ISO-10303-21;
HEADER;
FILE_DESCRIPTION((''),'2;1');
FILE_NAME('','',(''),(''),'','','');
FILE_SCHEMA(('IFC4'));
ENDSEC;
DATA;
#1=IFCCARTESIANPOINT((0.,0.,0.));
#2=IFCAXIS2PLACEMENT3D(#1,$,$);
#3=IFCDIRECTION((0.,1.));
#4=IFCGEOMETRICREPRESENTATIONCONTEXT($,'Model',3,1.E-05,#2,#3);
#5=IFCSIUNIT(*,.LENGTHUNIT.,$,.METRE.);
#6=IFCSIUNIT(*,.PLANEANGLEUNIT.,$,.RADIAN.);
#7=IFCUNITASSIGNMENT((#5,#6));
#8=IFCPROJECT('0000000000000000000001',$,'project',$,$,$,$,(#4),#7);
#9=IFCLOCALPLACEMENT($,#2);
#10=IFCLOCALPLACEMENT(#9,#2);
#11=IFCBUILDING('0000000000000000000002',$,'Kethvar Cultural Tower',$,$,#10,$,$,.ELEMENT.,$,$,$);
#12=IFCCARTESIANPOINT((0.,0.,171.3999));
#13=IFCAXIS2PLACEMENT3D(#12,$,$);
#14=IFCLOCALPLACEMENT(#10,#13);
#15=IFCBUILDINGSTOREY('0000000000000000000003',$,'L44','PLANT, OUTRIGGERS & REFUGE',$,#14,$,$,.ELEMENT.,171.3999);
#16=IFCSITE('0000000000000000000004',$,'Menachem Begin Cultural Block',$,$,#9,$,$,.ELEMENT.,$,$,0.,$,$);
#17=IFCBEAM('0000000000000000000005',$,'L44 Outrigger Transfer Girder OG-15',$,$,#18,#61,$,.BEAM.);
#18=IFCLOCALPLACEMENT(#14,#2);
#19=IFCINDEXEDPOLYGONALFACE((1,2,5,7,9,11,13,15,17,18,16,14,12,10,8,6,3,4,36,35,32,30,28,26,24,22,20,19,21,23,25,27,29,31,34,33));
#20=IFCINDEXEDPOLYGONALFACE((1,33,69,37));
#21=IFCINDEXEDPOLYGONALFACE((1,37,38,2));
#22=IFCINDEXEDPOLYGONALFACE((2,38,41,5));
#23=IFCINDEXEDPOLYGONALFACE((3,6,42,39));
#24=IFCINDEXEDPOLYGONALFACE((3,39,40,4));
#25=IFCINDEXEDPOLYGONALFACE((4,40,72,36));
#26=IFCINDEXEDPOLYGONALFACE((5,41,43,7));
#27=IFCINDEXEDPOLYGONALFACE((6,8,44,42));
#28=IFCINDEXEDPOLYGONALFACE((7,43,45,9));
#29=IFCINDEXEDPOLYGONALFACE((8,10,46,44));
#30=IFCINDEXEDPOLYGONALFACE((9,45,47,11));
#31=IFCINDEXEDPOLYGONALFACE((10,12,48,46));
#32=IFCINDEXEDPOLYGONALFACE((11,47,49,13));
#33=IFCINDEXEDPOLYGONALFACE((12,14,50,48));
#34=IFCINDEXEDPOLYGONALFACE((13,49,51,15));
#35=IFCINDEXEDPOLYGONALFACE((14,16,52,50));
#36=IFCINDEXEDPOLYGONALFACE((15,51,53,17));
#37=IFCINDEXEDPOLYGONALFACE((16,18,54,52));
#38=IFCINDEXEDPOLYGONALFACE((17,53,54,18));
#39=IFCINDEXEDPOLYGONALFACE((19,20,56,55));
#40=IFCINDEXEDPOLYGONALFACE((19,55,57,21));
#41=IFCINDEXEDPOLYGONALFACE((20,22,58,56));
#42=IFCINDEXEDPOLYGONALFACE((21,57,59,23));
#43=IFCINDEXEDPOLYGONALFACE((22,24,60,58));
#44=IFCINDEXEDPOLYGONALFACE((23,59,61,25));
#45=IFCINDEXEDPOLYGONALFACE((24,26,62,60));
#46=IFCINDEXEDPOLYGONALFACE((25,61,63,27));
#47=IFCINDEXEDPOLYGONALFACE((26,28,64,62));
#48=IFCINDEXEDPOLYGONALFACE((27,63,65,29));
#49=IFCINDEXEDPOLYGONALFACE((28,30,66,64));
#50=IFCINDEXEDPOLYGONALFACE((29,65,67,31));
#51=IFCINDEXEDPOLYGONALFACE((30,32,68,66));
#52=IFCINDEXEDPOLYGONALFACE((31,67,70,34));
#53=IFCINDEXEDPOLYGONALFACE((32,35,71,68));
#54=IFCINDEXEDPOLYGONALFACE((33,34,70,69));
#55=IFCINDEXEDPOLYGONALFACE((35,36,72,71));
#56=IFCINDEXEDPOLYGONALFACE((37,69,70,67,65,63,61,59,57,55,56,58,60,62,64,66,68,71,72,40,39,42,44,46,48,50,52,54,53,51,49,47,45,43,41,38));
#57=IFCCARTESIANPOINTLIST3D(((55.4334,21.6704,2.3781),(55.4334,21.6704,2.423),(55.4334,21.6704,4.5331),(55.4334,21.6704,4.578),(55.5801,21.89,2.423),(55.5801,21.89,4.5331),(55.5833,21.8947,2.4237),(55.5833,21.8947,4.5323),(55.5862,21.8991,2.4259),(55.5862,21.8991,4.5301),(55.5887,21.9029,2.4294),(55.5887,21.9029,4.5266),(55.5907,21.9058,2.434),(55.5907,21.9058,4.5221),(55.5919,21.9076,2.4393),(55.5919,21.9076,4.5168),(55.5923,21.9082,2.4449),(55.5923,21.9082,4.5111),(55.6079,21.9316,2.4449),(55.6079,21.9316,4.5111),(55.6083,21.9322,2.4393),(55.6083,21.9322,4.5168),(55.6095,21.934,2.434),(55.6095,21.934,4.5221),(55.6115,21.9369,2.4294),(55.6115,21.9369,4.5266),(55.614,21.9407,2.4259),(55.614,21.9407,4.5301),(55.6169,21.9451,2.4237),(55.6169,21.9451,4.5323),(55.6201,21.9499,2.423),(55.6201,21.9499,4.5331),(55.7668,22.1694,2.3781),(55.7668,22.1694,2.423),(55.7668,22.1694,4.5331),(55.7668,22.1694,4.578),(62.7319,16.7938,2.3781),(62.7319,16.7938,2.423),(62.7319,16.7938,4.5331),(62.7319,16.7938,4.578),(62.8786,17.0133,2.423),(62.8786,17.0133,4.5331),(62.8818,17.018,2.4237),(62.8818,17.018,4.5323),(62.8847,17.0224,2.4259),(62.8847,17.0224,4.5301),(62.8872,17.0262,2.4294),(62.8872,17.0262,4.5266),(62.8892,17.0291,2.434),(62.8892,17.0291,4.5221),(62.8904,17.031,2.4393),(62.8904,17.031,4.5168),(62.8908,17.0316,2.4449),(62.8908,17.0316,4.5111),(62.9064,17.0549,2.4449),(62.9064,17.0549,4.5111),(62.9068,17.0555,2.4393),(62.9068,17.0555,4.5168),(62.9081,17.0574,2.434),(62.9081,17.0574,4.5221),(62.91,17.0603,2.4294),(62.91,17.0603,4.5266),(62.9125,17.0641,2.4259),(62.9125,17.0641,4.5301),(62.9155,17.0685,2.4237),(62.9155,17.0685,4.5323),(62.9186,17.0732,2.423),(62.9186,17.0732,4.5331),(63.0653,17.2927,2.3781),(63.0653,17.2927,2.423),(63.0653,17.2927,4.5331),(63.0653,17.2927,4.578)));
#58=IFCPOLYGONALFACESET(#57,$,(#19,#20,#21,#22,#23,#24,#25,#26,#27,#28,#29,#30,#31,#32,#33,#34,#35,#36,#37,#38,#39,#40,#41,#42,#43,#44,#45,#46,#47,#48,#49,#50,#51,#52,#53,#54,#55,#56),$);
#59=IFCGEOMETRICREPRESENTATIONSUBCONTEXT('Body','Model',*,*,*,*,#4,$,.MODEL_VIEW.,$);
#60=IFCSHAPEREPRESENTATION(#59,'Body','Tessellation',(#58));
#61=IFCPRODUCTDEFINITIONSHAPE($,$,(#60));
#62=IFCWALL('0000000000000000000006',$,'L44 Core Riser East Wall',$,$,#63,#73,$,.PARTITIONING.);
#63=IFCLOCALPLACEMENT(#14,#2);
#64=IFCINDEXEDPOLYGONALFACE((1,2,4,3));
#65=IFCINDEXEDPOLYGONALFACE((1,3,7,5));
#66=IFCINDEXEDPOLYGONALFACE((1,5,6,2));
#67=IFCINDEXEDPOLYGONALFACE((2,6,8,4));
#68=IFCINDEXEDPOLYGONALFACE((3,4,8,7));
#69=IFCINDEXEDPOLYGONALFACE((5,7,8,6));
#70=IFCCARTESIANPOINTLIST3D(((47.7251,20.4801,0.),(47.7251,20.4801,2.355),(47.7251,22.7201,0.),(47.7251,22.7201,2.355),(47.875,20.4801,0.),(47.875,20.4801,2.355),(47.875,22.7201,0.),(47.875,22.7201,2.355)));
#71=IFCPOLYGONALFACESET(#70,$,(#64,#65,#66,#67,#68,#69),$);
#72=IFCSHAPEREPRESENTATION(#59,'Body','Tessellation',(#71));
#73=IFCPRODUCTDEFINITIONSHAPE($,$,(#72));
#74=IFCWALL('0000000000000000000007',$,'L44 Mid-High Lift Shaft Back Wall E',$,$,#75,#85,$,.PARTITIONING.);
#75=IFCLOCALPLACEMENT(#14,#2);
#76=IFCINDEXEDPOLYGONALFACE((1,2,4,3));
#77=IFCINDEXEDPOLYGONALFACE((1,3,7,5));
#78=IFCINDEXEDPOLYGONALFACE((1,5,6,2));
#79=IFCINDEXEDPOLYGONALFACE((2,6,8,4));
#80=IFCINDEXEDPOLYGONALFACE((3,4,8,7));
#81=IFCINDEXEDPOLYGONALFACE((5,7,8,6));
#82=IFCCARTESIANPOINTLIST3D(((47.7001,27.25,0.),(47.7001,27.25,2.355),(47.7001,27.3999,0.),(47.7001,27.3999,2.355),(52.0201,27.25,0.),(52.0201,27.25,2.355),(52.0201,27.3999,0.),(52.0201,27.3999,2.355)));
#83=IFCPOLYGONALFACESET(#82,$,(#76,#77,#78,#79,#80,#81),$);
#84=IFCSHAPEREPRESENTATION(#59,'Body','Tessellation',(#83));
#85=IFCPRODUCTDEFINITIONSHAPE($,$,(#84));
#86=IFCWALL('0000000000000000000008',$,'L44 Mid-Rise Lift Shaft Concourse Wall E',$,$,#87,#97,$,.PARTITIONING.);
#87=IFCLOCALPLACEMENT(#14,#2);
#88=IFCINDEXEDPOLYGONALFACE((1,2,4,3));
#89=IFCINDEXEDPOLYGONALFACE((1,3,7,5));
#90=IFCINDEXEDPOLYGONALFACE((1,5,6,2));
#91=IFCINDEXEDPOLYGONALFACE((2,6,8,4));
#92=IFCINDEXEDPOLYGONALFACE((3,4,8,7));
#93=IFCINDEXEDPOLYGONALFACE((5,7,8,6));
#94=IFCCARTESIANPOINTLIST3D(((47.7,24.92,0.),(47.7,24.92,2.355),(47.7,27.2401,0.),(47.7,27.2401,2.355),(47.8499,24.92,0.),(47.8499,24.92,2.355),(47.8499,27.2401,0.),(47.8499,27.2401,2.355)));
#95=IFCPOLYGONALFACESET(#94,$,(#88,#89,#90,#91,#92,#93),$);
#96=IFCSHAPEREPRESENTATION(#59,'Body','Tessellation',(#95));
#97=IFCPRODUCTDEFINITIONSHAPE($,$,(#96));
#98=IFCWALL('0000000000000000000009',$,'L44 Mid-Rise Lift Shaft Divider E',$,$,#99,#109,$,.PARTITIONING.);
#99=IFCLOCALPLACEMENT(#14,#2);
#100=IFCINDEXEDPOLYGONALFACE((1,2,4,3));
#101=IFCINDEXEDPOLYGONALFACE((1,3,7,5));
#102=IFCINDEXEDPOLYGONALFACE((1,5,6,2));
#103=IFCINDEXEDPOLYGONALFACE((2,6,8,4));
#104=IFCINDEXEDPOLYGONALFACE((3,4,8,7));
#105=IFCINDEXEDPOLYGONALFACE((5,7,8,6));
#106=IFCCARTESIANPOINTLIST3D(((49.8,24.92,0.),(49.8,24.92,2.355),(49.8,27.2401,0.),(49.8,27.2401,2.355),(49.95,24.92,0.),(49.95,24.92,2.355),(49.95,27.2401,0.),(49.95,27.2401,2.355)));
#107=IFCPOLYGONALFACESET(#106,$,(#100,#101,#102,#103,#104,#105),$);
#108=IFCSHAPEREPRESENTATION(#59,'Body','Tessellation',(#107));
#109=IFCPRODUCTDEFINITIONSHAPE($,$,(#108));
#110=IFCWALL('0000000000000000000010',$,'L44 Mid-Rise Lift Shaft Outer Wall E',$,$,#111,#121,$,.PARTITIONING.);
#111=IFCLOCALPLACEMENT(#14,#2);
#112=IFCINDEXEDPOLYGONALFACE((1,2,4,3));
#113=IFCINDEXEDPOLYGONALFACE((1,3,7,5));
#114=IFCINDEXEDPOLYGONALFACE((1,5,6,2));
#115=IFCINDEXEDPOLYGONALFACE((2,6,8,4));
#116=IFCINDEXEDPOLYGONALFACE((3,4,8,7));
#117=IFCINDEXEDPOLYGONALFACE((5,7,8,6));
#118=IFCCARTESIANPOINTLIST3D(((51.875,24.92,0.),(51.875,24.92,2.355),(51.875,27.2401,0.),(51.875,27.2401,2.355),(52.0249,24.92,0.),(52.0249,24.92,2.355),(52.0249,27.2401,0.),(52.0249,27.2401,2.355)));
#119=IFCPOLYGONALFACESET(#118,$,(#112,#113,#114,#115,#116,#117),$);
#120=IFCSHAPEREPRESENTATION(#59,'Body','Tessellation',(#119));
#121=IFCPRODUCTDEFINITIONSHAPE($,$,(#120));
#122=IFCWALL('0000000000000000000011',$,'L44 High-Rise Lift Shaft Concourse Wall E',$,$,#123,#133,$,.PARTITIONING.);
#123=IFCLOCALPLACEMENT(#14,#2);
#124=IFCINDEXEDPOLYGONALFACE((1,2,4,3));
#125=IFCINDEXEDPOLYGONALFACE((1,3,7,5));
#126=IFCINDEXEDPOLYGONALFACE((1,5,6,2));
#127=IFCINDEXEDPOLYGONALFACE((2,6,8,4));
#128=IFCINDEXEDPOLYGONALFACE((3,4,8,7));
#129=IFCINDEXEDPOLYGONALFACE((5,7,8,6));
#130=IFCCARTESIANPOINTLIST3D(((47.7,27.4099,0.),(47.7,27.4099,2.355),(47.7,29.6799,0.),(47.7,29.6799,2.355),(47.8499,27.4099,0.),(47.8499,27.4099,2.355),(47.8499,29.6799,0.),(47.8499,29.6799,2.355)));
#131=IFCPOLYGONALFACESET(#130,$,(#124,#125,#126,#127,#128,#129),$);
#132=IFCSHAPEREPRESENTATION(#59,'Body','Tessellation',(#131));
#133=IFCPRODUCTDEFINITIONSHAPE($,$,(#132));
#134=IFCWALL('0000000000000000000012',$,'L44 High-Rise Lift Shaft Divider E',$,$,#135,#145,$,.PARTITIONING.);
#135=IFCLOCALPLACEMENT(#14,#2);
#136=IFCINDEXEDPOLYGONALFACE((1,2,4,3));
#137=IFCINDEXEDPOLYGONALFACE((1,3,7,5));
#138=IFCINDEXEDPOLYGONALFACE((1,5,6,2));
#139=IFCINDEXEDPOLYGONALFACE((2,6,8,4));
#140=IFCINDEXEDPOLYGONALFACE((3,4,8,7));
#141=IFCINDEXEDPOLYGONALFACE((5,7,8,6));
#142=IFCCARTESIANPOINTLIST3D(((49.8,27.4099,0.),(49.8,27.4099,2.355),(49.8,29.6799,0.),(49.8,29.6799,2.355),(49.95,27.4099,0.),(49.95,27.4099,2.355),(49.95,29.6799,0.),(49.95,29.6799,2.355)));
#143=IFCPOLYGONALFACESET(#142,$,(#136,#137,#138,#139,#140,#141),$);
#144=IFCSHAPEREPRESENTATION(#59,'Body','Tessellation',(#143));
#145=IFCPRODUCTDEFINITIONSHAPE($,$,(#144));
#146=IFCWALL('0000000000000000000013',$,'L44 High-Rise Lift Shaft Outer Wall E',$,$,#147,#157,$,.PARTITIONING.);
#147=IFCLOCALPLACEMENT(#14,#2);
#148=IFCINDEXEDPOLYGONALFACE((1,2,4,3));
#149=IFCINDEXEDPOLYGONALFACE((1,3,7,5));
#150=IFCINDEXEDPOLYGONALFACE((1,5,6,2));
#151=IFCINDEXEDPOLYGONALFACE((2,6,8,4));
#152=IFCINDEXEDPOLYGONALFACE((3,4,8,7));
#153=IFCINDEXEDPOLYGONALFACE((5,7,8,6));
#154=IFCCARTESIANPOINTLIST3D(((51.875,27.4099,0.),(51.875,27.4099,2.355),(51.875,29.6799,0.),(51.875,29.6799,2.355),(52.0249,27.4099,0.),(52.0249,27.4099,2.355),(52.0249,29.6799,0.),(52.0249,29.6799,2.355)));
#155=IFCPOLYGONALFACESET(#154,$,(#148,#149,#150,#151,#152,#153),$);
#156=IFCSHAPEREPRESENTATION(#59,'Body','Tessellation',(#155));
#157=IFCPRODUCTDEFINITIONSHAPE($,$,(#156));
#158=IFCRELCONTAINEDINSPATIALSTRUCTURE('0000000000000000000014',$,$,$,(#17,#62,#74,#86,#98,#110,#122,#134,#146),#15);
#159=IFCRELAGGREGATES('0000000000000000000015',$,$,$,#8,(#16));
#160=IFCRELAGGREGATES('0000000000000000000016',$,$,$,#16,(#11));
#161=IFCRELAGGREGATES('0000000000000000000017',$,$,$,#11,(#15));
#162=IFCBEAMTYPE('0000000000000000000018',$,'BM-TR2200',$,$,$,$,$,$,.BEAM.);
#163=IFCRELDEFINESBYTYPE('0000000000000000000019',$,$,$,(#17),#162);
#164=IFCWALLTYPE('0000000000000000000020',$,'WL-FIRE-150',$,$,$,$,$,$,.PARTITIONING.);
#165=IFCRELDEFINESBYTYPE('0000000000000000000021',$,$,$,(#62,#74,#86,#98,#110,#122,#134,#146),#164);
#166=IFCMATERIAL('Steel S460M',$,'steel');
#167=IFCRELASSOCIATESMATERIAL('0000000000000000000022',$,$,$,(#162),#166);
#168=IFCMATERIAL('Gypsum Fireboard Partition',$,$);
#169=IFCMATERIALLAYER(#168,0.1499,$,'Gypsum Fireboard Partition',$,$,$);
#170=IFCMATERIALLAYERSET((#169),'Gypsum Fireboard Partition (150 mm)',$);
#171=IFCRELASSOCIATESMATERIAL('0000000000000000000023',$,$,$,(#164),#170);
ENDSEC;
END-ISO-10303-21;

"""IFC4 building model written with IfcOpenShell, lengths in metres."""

from ifc_helpers import new_model, si_unit, direction, frame, frame_2d, origin, origin_2d, place, context, subcontext, project, spatial, rectangle, i_section, extrude, source, transform, mapped, material, layer, layer_set, material_profile, profile_set, type_object, element, save


model = new_model("IFC4")

# Units and contexts
model_context = context("Model", 3, precision=1e-05, world=origin(), true_north=direction((0.0, 1.0)))
body_context = subcontext(model_context, "Body", "Model", "MODEL_VIEW")
ifc_project = project(units=[si_unit("LENGTHUNIT", "METRE"), si_unit("PLANEANGLEUNIT", "RADIAN")], contexts=[model_context])

# Site, building, storey
site_placement = place(None, origin())
site = spatial("IfcSite", under=ifc_project, at=site_placement, Name="Menachem Begin Cultural Block", CompositionType="ELEMENT", RefElevation=0.0)
building_placement = place(site_placement, origin())
building = spatial("IfcBuilding", under=site, at=building_placement, Name="Kethvar Cultural Tower", CompositionType="ELEMENT")
storey_placement = place(building_placement, frame((0.0, 0.0, 171.3999)))
storey = spatial("IfcBuildingStorey", under=building, at=storey_placement, Name="L44", Description="PLANT, OUTRIGGERS & REFUGE", CompositionType="ELEMENT", Elevation=171.3999)

# Beam
ifc_material_1 = material(Name="Steel S460M", Category="steel")
ifc_material_profile = material_profile(ifc_material_1, i_section(OverallWidth=0.6001, OverallDepth=2.2, WebThickness=0.0281, FlangeThickness=0.0449, FilletRadius=0.022, at=origin_2d()), Name="Steel S460M — PG2200x600x45x28")
ifc_profile_set = profile_set([ifc_material_profile], Name="Steel S460M — PG2200x600x45x28")
beam_type = type_object("IfcBeamType", Name="BM-TR2200", PredefinedType="BEAM", material=ifc_profile_set)
shared_shape_1 = source(origin(), body_context, "Body", "SweptSolid", [
    extrude(i_section(OverallWidth=0.6001, OverallDepth=2.2, WebThickness=0.0281, FlangeThickness=0.0449, FilletRadius=0.022, at=origin_2d()), origin(), (0.0, 0.0, 1.0), 8.7778),
])
beam_placement = place(storey_placement, frame((55.6001, 21.9199, 3.478), z_axis=(0.831472, -0.555566, 0.0), x_axis=(0.555566, 0.831472, 0.0)))
element("IfcBeam", 1, at=beam_placement, inside=storey, type_object=beam_type, Name="L44 Outrigger Transfer Girder OG-15", PredefinedType="BEAM", context=body_context, shape_type="MappedRepresentation", body=[
    mapped(shared_shape_1, transform((0.0, 0.0, 0.0), scale=1.0)),
])

# Wall
ifc_material_2 = material(Name="Gypsum Fireboard Partition")
ifc_layer_1 = layer(ifc_material_2, 0.1499, Name="Gypsum Fireboard Partition")
ifc_layer_set_1 = layer_set([ifc_layer_1], Name="Gypsum Fireboard Partition (150 mm)")
wall_type_1 = type_object("IfcWallType", Name="WL-FIRE-150", PredefinedType="PARTITIONING", material=ifc_layer_set_1)
wall_1_placement = place(storey_placement, frame((47.8, 20.48, 0.0), z_axis=(0.0, 0.0, 1.0), x_axis=(0.0, 1.0, 0.0)))
element("IfcWall", 2, at=wall_1_placement, inside=storey, type_object=wall_type_1, Name="L44 Core Riser East Wall", PredefinedType="PARTITIONING", context=body_context, shape_type="SweptSolid", body=[
    extrude(rectangle(XDim=2.24, YDim=0.1499, at=frame_2d((1.1201, 0.0))), origin(), (0.0, 0.0, 1.0), 2.355),
])

# Walls
wall_2_placement = place(storey_placement, frame((47.7, 27.325, 0.0), z_axis=(0.0, 0.0, 1.0), x_axis=(1.0, 0.0, 0.0)))
element("IfcWall", 3, at=wall_2_placement, inside=storey, type_object=wall_type_1, Name="L44 Mid-High Lift Shaft Back Wall E", PredefinedType="PARTITIONING", context=body_context, shape_type="SweptSolid", body=[
    extrude(rectangle(XDim=4.3201, YDim=0.1499, at=frame_2d((2.1602, 0.0))), origin(), (0.0, 0.0, 1.0), 2.355),
])
for number, where, z_axis, x_axis, name in (
    (4, (47.7749, 24.9199, 0.0), (0.0, 0.0, 1.0), (0.0, 1.0, 0.0), "L44 Mid-Rise Lift Shaft Concourse Wall E"),
    (5, (49.875, 24.9199, 0.0), (0.0, 0.0, 1.0), (0.0, 1.0, 0.0), "L44 Mid-Rise Lift Shaft Divider E"),
    (6, (51.95, 24.9199, 0.0), (0.0, 0.0, 1.0), (0.0, 1.0, 0.0), "L44 Mid-Rise Lift Shaft Outer Wall E"),
):
    element("IfcWall", number, at=place(storey_placement, frame(where, z_axis=z_axis, x_axis=x_axis)), inside=storey, type_object=wall_type_1, Name=name, PredefinedType="PARTITIONING", context=body_context, shape_type="SweptSolid", body=[
        extrude(rectangle(XDim=2.3201, YDim=0.1499, at=frame_2d((1.1602, 0.0))), origin(), (0.0, 0.0, 1.0), 2.355),
    ])
for number, where, z_axis, x_axis, name in (
    (7, (47.7749, 27.4099, 0.0), (0.0, 0.0, 1.0), (0.0, 1.0, 0.0), "L44 High-Rise Lift Shaft Concourse Wall E"),
    (8, (49.875, 27.4099, 0.0), (0.0, 0.0, 1.0), (0.0, 1.0, 0.0), "L44 High-Rise Lift Shaft Divider E"),
    (9, (51.95, 27.4099, 0.0), (0.0, 0.0, 1.0), (0.0, 1.0, 0.0), "L44 High-Rise Lift Shaft Outer Wall E"),
):
    element("IfcWall", number, at=place(storey_placement, frame(where, z_axis=z_axis, x_axis=x_axis)), inside=storey, type_object=wall_type_1, Name=name, PredefinedType="PARTITIONING", context=body_context, shape_type="SweptSolid", body=[
        extrude(rectangle(XDim=2.27, YDim=0.1499, at=frame_2d((1.135, 0.0))), origin(), (0.0, 0.0, 1.0), 2.355),
    ])

save(model, "model.ifc")
